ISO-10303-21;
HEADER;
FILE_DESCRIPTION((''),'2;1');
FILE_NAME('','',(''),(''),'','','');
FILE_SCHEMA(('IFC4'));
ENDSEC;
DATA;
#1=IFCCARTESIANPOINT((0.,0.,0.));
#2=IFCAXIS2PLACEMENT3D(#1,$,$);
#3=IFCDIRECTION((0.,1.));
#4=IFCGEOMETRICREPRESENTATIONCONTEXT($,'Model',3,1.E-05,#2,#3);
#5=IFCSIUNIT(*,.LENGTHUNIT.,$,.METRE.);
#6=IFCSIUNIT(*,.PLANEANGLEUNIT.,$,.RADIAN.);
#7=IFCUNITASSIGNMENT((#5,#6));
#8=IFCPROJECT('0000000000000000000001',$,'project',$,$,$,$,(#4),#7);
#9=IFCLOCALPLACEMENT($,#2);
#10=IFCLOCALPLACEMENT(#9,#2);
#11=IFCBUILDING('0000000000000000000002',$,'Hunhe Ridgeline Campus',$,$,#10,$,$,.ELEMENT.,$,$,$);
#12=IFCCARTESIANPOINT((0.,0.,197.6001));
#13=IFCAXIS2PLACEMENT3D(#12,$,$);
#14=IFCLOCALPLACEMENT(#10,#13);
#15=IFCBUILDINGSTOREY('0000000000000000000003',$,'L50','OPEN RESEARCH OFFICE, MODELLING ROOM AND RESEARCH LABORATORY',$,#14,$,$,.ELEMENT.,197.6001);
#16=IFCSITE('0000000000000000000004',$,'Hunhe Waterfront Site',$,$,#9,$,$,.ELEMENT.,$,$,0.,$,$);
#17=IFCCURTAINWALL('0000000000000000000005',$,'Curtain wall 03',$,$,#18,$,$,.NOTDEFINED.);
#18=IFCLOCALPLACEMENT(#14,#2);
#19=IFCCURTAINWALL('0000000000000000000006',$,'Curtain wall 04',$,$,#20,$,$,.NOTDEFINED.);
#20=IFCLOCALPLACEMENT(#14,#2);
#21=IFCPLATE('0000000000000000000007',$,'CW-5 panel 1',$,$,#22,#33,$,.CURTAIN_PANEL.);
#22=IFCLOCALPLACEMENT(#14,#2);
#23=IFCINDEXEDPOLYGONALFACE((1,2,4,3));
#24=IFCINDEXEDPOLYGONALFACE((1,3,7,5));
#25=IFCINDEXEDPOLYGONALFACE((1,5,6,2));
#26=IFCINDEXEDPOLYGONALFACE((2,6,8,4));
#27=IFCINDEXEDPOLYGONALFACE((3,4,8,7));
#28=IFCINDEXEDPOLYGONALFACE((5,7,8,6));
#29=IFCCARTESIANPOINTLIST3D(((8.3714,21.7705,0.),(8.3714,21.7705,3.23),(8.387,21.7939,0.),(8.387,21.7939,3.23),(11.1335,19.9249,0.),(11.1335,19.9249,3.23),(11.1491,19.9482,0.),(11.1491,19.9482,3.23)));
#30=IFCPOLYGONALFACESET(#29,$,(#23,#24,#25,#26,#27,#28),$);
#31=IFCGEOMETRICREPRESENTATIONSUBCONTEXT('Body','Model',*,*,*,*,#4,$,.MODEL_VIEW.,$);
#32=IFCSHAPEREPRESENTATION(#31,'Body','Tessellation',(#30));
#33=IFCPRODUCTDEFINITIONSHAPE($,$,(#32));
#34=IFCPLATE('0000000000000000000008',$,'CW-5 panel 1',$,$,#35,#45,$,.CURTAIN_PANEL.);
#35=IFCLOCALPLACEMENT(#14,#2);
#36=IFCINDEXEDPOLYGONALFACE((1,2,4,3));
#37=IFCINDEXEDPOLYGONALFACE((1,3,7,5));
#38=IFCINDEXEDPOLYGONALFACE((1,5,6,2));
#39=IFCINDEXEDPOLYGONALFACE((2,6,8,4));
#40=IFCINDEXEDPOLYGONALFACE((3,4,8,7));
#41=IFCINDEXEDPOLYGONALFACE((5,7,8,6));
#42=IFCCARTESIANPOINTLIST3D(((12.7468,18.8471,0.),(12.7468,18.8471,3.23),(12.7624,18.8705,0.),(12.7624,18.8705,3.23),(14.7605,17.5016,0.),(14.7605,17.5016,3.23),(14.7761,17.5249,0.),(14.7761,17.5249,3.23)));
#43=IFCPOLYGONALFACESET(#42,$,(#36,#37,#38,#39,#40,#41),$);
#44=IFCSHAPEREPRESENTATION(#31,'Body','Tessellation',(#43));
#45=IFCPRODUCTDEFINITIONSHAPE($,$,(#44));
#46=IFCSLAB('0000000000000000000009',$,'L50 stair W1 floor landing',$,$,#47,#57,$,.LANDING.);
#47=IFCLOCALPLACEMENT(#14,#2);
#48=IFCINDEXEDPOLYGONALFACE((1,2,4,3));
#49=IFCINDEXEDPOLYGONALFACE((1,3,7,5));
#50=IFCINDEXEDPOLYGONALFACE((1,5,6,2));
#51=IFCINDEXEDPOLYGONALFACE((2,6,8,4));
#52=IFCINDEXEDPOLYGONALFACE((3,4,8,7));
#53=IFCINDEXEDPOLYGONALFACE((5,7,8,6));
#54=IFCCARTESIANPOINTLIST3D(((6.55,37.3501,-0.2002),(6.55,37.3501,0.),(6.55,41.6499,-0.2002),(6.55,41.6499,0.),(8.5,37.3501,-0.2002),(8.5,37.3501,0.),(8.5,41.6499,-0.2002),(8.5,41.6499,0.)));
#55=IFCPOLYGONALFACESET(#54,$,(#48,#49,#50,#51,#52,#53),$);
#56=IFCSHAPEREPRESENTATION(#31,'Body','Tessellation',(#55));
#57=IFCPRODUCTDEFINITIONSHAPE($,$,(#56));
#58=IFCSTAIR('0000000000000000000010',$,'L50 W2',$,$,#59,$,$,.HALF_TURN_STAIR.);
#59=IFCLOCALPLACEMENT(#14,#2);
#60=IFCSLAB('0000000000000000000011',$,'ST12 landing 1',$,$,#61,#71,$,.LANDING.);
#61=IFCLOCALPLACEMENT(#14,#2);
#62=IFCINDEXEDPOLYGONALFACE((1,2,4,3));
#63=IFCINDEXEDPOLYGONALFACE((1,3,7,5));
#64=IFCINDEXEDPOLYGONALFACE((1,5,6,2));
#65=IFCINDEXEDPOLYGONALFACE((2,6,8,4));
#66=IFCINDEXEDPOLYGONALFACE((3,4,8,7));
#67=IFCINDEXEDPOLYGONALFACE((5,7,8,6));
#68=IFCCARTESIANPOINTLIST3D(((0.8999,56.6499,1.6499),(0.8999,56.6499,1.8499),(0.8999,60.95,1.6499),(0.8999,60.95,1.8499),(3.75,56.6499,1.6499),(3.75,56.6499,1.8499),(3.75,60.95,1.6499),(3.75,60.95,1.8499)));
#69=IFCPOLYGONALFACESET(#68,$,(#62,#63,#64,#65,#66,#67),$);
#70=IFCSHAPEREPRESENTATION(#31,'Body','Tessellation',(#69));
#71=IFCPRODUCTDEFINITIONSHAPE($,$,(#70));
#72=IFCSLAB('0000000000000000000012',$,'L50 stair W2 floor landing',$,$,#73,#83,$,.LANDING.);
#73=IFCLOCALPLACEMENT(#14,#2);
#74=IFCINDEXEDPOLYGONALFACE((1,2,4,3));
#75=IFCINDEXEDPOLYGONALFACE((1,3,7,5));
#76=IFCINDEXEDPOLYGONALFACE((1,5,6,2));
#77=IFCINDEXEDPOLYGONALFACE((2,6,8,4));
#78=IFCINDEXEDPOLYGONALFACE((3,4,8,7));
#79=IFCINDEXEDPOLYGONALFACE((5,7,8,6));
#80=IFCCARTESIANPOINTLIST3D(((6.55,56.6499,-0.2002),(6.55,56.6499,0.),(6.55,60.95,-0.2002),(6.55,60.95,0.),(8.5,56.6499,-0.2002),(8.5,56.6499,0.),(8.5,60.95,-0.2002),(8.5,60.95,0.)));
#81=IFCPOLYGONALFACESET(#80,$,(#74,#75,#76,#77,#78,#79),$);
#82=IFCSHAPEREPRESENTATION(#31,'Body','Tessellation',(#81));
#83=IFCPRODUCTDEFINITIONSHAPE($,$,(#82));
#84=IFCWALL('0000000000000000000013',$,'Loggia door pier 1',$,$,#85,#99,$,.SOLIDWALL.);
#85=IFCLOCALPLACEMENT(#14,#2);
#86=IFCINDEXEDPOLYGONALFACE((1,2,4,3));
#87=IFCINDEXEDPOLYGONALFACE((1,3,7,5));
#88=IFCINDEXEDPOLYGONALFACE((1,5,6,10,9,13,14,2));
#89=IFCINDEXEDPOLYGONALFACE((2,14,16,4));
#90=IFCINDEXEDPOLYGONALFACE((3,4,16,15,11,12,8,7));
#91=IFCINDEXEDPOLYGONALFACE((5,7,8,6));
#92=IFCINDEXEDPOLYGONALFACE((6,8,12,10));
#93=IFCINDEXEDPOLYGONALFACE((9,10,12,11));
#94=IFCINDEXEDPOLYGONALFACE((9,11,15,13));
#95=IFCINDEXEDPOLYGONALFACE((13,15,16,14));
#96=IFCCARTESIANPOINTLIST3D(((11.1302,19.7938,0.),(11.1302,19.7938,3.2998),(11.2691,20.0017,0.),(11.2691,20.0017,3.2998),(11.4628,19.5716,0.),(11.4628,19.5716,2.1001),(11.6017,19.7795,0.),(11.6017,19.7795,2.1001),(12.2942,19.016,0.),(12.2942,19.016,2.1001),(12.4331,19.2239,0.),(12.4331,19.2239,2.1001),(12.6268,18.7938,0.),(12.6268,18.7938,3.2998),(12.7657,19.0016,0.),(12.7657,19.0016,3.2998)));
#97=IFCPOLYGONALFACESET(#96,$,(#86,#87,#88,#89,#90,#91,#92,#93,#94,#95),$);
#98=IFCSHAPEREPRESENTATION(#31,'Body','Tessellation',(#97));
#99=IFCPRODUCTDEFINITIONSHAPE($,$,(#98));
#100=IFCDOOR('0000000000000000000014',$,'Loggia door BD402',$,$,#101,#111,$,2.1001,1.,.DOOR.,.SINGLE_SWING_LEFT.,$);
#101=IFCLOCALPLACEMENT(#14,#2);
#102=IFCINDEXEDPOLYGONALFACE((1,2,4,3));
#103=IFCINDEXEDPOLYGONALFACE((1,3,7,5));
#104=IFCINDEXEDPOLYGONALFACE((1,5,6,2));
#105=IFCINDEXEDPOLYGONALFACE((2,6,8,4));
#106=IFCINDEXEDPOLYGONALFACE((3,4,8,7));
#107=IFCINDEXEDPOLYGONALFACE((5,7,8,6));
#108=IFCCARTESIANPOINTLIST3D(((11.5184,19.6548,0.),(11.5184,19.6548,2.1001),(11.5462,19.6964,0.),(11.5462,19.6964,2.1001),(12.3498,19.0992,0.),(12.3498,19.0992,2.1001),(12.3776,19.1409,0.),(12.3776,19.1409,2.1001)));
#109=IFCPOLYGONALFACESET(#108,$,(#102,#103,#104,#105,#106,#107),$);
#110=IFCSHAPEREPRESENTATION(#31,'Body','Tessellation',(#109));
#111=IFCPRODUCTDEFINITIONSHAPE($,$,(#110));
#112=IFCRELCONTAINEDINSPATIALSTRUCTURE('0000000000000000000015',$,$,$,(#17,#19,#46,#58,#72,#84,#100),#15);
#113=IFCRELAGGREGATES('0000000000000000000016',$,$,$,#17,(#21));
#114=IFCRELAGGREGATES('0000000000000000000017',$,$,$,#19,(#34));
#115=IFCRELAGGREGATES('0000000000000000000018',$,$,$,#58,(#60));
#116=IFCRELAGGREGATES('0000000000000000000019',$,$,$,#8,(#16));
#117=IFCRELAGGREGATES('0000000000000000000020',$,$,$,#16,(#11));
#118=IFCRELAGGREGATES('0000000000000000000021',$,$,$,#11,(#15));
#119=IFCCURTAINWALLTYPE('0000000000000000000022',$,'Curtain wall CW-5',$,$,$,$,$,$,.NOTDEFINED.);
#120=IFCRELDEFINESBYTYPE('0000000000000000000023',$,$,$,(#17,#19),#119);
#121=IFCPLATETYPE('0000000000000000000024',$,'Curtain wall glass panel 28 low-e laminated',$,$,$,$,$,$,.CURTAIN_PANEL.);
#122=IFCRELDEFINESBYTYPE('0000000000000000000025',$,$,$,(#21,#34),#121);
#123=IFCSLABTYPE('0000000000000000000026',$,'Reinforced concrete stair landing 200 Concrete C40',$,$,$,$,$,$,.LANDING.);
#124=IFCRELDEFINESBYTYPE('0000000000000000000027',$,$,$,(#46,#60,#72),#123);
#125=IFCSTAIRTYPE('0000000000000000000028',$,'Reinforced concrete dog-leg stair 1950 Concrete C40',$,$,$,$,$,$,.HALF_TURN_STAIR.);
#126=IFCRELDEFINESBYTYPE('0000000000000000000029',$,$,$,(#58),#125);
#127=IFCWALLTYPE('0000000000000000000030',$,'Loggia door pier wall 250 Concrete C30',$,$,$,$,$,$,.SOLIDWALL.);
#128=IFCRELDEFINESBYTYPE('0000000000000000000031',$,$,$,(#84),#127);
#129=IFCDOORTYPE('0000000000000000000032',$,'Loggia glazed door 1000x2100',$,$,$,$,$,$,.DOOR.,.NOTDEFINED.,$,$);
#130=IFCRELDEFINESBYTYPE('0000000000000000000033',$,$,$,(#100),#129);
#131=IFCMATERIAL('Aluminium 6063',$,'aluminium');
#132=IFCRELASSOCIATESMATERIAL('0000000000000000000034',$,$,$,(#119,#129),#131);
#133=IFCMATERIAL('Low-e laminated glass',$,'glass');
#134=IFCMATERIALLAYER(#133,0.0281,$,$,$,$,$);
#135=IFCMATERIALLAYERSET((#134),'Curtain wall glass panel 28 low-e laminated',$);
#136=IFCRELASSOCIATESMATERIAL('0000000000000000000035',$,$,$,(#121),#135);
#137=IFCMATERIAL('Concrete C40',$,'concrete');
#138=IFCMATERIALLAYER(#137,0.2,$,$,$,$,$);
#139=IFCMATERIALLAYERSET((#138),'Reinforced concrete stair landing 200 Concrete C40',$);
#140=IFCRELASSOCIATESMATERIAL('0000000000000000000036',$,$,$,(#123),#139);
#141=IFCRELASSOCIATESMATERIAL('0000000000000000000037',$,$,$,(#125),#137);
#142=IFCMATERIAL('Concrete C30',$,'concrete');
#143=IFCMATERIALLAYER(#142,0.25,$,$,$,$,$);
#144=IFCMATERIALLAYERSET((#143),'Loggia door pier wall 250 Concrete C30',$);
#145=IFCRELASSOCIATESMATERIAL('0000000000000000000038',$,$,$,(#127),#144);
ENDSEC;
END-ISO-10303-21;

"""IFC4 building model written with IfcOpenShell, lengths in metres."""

from ifc_helpers import new_model, si_unit, direction, frame, frame_2d, origin, origin_2d, place, context, subcontext, project, spatial, polyline, rectangle, outline, extrude, material, layer, layer_set, type_object, element, fill, aggregate, save


model = new_model("IFC4")

# Units and contexts
model_context = context("Model", 3, precision=1e-05, world=origin(), true_north=direction((0.0, 1.0)))
body_context = subcontext(model_context, "Body", "Model", "MODEL_VIEW")
ifc_project = project(units=[si_unit("LENGTHUNIT", "METRE"), si_unit("PLANEANGLEUNIT", "RADIAN")], contexts=[model_context])

# Site, building, storey
site_placement = place(None, origin())
site = spatial("IfcSite", under=ifc_project, at=site_placement, Name="Hunhe Waterfront Site", CompositionType="ELEMENT", RefElevation=0.0)
building_placement = place(site_placement, origin())
building = spatial("IfcBuilding", under=site, at=building_placement, Name="Hunhe Ridgeline Campus", CompositionType="ELEMENT")
storey_placement = place(building_placement, frame((0.0, 0.0, 197.6001)))
storey = spatial("IfcBuildingStorey", under=building, at=storey_placement, Name="L50", Description="OPEN RESEARCH OFFICE, MODELLING ROOM AND RESEARCH LABORATORY", CompositionType="ELEMENT", Elevation=197.6001)

# Curtain wall
ifc_material_1 = material(Name="Aluminium 6063", Category="aluminium")
curtain_wall_type = type_object("IfcCurtainWallType", Name="Curtain wall CW-5", PredefinedType="NOTDEFINED", material=ifc_material_1)
curtain_wall_1_placement = place(storey_placement, origin())
curtain_wall_1 = element("IfcCurtainWall", 1, at=curtain_wall_1_placement, inside=storey, type_object=curtain_wall_type, Name="Curtain wall 03", PredefinedType="NOTDEFINED")

# Curtain wall
curtain_wall_2_placement = place(storey_placement, origin())
curtain_wall_2 = element("IfcCurtainWall", 2, at=curtain_wall_2_placement, inside=storey, type_object=curtain_wall_type, Name="Curtain wall 04", PredefinedType="NOTDEFINED")

# Plates
ifc_material_2 = material(Name="Low-e laminated glass", Category="glass")
ifc_layer_1 = layer(ifc_material_2, 0.0281)
ifc_layer_set_1 = layer_set([ifc_layer_1], Name="Curtain wall glass panel 28 low-e laminated")
plate_type = type_object("IfcPlateType", Name="Curtain wall glass panel 28 low-e laminated", PredefinedType="CURTAIN_PANEL", material=ifc_layer_set_1)
plate_1_placement = place(storey_placement, frame((9.7603, 20.8594, 0.0), z_axis=(0.0, 0.0, 1.0), x_axis=(0.83147, -0.55557, 0.0)))
plate_1 = element("IfcPlate", 3, at=plate_1_placement, type_object=plate_type, Name="CW-5 panel 1", PredefinedType="CURTAIN_PANEL", context=body_context, shape_type="SweptSolid", body=[
    extrude(rectangle(XDim=3.322, YDim=0.0281, at=origin_2d()), origin(), (0.0, 0.0, 1.0), 3.23),
])
aggregate(curtain_wall_1, [plate_1])
plate_2_placement = place(storey_placement, frame((13.7615, 18.186, 0.0), z_axis=(0.0, 0.0, 1.0), x_axis=(0.83147, -0.55557, 0.0)))
plate_2 = element("IfcPlate", 4, at=plate_2_placement, type_object=plate_type, Name="CW-5 panel 1", PredefinedType="CURTAIN_PANEL", context=body_context, shape_type="SweptSolid", body=[
    extrude(rectangle(XDim=2.4219, YDim=0.0281, at=origin_2d()), origin(), (0.0, 0.0, 1.0), 3.23),
])
aggregate(curtain_wall_2, [plate_2])

# Slab
ifc_material_3 = material(Name="Concrete C40", Category="concrete")
ifc_layer_2 = layer(ifc_material_3, 0.2)
ifc_layer_set_2 = layer_set([ifc_layer_2], Name="Reinforced concrete stair landing 200 Concrete C40")
slab_type = type_object("IfcSlabType", Name="Reinforced concrete stair landing 200 Concrete C40", PredefinedType="LANDING", material=ifc_layer_set_2)
slab_1_placement = place(storey_placement, frame((0.0, 0.0, -0.2002)))
element("IfcSlab", 5, at=slab_1_placement, inside=storey, type_object=slab_type, Name="L50 stair W1 floor landing", PredefinedType="LANDING", context=body_context, shape_type="SweptSolid", body=[
    extrude(outline(polyline([(8.5, 41.6499), (6.55, 41.6499), (6.55, 37.3501), (8.5, 37.3501), (8.5, 41.6499)])), origin(), (0.0, 0.0, 1.0), 0.2002),
])

# Stair, slab
stair_type = type_object("IfcStairType", Name="Reinforced concrete dog-leg stair 1950 Concrete C40", PredefinedType="HALF_TURN_STAIR", material=ifc_material_3)
stair_placement = place(storey_placement, origin())
stair = element("IfcStair", 6, at=stair_placement, inside=storey, type_object=stair_type, Name="L50 W2", PredefinedType="HALF_TURN_STAIR")
slab_2_placement = place(storey_placement, frame((0.0, 0.0, 1.6499)))
slab_2 = element("IfcSlab", 7, at=slab_2_placement, type_object=slab_type, Name="ST12 landing 1", PredefinedType="LANDING", context=body_context, shape_type="SweptSolid", body=[
    extrude(outline(polyline([(3.75, 60.95), (0.8999, 60.95), (0.8999, 56.6499), (3.75, 56.6499), (3.75, 60.95)])), origin(), (0.0, 0.0, 1.0), 0.2),
])
aggregate(stair, [slab_2])

# Slab
slab_3_placement = place(storey_placement, frame((0.0, 0.0, -0.2002)))
element("IfcSlab", 8, at=slab_3_placement, inside=storey, type_object=slab_type, Name="L50 stair W2 floor landing", PredefinedType="LANDING", context=body_context, shape_type="SweptSolid", body=[
    extrude(outline(polyline([(8.5, 60.95), (6.55, 60.95), (6.55, 56.6499), (8.5, 56.6499), (8.5, 60.95)])), origin(), (0.0, 0.0, 1.0), 0.2002),
])

# Wall, opening, door
ifc_material_4 = material(Name="Concrete C30", Category="concrete")
ifc_layer_3 = layer(ifc_material_4, 0.25)
ifc_layer_set_3 = layer_set([ifc_layer_3], Name="Loggia door pier wall 250 Concrete C30")
wall_type = type_object("IfcWallType", Name="Loggia door pier wall 250 Concrete C30", PredefinedType="SOLIDWALL", material=ifc_layer_set_3)
wall_placement = place(storey_placement, frame((11.1997, 19.8977, 0.0), z_axis=(0.0, 0.0, 1.0), x_axis=(0.831466, -0.555576, 0.0)))
wall = element("IfcWall", 9, at=wall_placement, inside=storey, type_object=wall_type, Name="Loggia door pier 1", PredefinedType="SOLIDWALL", context=body_context, shape_type="SweptSolid", body=[
    extrude(rectangle(XDim=1.8, YDim=0.25, at=frame_2d((0.8999, 0.0))), origin(), (0.0, 0.0, 1.0), 3.2998),
])
opening_placement = place(wall_placement, frame((0.3999, 0.0, 0.0)))
opening = element("IfcOpeningElement", 10, at=opening_placement, cuts=wall, PredefinedType="OPENING", context=body_context, shape_type="SweptSolid", body=[
    extrude(rectangle(XDim=1.0, YDim=2.1001, at=frame_2d((0.5, 1.05))), frame((0.0, 0.125, 0.0), z_axis=(0.0, -1.0, 0.0), x_axis=(1.0, 0.0, 0.0)), (0.0, 0.0, 1.0), 0.25),
])
door_type = type_object("IfcDoorType", Name="Loggia glazed door 1000x2100", OperationType="NOTDEFINED", PredefinedType="DOOR", material=ifc_material_1)
door_placement = place(opening_placement, frame((1.0, 0.0, 0.0), z_axis=(0.0, 0.0, 1.0), x_axis=(-1.0, 0.0, 0.0)))
door = element("IfcDoor", 11, at=door_placement, inside=storey, type_object=door_type, Name="Loggia door BD402", OperationType="SINGLE_SWING_LEFT", OverallHeight=2.1001, OverallWidth=1.0, PredefinedType="DOOR", context=body_context, shape_type="SweptSolid", body=[
    extrude(rectangle(XDim=1.0, YDim=2.1001, at=frame_2d((0.5, 1.05))), frame((0.0, 0.0249, 0.0), z_axis=(0.0, -1.0, 0.0), x_axis=(1.0, 0.0, 0.0)), (0.0, 0.0, 1.0), 0.05),
])
fill(opening, door)

save(model, "model.ifc")
